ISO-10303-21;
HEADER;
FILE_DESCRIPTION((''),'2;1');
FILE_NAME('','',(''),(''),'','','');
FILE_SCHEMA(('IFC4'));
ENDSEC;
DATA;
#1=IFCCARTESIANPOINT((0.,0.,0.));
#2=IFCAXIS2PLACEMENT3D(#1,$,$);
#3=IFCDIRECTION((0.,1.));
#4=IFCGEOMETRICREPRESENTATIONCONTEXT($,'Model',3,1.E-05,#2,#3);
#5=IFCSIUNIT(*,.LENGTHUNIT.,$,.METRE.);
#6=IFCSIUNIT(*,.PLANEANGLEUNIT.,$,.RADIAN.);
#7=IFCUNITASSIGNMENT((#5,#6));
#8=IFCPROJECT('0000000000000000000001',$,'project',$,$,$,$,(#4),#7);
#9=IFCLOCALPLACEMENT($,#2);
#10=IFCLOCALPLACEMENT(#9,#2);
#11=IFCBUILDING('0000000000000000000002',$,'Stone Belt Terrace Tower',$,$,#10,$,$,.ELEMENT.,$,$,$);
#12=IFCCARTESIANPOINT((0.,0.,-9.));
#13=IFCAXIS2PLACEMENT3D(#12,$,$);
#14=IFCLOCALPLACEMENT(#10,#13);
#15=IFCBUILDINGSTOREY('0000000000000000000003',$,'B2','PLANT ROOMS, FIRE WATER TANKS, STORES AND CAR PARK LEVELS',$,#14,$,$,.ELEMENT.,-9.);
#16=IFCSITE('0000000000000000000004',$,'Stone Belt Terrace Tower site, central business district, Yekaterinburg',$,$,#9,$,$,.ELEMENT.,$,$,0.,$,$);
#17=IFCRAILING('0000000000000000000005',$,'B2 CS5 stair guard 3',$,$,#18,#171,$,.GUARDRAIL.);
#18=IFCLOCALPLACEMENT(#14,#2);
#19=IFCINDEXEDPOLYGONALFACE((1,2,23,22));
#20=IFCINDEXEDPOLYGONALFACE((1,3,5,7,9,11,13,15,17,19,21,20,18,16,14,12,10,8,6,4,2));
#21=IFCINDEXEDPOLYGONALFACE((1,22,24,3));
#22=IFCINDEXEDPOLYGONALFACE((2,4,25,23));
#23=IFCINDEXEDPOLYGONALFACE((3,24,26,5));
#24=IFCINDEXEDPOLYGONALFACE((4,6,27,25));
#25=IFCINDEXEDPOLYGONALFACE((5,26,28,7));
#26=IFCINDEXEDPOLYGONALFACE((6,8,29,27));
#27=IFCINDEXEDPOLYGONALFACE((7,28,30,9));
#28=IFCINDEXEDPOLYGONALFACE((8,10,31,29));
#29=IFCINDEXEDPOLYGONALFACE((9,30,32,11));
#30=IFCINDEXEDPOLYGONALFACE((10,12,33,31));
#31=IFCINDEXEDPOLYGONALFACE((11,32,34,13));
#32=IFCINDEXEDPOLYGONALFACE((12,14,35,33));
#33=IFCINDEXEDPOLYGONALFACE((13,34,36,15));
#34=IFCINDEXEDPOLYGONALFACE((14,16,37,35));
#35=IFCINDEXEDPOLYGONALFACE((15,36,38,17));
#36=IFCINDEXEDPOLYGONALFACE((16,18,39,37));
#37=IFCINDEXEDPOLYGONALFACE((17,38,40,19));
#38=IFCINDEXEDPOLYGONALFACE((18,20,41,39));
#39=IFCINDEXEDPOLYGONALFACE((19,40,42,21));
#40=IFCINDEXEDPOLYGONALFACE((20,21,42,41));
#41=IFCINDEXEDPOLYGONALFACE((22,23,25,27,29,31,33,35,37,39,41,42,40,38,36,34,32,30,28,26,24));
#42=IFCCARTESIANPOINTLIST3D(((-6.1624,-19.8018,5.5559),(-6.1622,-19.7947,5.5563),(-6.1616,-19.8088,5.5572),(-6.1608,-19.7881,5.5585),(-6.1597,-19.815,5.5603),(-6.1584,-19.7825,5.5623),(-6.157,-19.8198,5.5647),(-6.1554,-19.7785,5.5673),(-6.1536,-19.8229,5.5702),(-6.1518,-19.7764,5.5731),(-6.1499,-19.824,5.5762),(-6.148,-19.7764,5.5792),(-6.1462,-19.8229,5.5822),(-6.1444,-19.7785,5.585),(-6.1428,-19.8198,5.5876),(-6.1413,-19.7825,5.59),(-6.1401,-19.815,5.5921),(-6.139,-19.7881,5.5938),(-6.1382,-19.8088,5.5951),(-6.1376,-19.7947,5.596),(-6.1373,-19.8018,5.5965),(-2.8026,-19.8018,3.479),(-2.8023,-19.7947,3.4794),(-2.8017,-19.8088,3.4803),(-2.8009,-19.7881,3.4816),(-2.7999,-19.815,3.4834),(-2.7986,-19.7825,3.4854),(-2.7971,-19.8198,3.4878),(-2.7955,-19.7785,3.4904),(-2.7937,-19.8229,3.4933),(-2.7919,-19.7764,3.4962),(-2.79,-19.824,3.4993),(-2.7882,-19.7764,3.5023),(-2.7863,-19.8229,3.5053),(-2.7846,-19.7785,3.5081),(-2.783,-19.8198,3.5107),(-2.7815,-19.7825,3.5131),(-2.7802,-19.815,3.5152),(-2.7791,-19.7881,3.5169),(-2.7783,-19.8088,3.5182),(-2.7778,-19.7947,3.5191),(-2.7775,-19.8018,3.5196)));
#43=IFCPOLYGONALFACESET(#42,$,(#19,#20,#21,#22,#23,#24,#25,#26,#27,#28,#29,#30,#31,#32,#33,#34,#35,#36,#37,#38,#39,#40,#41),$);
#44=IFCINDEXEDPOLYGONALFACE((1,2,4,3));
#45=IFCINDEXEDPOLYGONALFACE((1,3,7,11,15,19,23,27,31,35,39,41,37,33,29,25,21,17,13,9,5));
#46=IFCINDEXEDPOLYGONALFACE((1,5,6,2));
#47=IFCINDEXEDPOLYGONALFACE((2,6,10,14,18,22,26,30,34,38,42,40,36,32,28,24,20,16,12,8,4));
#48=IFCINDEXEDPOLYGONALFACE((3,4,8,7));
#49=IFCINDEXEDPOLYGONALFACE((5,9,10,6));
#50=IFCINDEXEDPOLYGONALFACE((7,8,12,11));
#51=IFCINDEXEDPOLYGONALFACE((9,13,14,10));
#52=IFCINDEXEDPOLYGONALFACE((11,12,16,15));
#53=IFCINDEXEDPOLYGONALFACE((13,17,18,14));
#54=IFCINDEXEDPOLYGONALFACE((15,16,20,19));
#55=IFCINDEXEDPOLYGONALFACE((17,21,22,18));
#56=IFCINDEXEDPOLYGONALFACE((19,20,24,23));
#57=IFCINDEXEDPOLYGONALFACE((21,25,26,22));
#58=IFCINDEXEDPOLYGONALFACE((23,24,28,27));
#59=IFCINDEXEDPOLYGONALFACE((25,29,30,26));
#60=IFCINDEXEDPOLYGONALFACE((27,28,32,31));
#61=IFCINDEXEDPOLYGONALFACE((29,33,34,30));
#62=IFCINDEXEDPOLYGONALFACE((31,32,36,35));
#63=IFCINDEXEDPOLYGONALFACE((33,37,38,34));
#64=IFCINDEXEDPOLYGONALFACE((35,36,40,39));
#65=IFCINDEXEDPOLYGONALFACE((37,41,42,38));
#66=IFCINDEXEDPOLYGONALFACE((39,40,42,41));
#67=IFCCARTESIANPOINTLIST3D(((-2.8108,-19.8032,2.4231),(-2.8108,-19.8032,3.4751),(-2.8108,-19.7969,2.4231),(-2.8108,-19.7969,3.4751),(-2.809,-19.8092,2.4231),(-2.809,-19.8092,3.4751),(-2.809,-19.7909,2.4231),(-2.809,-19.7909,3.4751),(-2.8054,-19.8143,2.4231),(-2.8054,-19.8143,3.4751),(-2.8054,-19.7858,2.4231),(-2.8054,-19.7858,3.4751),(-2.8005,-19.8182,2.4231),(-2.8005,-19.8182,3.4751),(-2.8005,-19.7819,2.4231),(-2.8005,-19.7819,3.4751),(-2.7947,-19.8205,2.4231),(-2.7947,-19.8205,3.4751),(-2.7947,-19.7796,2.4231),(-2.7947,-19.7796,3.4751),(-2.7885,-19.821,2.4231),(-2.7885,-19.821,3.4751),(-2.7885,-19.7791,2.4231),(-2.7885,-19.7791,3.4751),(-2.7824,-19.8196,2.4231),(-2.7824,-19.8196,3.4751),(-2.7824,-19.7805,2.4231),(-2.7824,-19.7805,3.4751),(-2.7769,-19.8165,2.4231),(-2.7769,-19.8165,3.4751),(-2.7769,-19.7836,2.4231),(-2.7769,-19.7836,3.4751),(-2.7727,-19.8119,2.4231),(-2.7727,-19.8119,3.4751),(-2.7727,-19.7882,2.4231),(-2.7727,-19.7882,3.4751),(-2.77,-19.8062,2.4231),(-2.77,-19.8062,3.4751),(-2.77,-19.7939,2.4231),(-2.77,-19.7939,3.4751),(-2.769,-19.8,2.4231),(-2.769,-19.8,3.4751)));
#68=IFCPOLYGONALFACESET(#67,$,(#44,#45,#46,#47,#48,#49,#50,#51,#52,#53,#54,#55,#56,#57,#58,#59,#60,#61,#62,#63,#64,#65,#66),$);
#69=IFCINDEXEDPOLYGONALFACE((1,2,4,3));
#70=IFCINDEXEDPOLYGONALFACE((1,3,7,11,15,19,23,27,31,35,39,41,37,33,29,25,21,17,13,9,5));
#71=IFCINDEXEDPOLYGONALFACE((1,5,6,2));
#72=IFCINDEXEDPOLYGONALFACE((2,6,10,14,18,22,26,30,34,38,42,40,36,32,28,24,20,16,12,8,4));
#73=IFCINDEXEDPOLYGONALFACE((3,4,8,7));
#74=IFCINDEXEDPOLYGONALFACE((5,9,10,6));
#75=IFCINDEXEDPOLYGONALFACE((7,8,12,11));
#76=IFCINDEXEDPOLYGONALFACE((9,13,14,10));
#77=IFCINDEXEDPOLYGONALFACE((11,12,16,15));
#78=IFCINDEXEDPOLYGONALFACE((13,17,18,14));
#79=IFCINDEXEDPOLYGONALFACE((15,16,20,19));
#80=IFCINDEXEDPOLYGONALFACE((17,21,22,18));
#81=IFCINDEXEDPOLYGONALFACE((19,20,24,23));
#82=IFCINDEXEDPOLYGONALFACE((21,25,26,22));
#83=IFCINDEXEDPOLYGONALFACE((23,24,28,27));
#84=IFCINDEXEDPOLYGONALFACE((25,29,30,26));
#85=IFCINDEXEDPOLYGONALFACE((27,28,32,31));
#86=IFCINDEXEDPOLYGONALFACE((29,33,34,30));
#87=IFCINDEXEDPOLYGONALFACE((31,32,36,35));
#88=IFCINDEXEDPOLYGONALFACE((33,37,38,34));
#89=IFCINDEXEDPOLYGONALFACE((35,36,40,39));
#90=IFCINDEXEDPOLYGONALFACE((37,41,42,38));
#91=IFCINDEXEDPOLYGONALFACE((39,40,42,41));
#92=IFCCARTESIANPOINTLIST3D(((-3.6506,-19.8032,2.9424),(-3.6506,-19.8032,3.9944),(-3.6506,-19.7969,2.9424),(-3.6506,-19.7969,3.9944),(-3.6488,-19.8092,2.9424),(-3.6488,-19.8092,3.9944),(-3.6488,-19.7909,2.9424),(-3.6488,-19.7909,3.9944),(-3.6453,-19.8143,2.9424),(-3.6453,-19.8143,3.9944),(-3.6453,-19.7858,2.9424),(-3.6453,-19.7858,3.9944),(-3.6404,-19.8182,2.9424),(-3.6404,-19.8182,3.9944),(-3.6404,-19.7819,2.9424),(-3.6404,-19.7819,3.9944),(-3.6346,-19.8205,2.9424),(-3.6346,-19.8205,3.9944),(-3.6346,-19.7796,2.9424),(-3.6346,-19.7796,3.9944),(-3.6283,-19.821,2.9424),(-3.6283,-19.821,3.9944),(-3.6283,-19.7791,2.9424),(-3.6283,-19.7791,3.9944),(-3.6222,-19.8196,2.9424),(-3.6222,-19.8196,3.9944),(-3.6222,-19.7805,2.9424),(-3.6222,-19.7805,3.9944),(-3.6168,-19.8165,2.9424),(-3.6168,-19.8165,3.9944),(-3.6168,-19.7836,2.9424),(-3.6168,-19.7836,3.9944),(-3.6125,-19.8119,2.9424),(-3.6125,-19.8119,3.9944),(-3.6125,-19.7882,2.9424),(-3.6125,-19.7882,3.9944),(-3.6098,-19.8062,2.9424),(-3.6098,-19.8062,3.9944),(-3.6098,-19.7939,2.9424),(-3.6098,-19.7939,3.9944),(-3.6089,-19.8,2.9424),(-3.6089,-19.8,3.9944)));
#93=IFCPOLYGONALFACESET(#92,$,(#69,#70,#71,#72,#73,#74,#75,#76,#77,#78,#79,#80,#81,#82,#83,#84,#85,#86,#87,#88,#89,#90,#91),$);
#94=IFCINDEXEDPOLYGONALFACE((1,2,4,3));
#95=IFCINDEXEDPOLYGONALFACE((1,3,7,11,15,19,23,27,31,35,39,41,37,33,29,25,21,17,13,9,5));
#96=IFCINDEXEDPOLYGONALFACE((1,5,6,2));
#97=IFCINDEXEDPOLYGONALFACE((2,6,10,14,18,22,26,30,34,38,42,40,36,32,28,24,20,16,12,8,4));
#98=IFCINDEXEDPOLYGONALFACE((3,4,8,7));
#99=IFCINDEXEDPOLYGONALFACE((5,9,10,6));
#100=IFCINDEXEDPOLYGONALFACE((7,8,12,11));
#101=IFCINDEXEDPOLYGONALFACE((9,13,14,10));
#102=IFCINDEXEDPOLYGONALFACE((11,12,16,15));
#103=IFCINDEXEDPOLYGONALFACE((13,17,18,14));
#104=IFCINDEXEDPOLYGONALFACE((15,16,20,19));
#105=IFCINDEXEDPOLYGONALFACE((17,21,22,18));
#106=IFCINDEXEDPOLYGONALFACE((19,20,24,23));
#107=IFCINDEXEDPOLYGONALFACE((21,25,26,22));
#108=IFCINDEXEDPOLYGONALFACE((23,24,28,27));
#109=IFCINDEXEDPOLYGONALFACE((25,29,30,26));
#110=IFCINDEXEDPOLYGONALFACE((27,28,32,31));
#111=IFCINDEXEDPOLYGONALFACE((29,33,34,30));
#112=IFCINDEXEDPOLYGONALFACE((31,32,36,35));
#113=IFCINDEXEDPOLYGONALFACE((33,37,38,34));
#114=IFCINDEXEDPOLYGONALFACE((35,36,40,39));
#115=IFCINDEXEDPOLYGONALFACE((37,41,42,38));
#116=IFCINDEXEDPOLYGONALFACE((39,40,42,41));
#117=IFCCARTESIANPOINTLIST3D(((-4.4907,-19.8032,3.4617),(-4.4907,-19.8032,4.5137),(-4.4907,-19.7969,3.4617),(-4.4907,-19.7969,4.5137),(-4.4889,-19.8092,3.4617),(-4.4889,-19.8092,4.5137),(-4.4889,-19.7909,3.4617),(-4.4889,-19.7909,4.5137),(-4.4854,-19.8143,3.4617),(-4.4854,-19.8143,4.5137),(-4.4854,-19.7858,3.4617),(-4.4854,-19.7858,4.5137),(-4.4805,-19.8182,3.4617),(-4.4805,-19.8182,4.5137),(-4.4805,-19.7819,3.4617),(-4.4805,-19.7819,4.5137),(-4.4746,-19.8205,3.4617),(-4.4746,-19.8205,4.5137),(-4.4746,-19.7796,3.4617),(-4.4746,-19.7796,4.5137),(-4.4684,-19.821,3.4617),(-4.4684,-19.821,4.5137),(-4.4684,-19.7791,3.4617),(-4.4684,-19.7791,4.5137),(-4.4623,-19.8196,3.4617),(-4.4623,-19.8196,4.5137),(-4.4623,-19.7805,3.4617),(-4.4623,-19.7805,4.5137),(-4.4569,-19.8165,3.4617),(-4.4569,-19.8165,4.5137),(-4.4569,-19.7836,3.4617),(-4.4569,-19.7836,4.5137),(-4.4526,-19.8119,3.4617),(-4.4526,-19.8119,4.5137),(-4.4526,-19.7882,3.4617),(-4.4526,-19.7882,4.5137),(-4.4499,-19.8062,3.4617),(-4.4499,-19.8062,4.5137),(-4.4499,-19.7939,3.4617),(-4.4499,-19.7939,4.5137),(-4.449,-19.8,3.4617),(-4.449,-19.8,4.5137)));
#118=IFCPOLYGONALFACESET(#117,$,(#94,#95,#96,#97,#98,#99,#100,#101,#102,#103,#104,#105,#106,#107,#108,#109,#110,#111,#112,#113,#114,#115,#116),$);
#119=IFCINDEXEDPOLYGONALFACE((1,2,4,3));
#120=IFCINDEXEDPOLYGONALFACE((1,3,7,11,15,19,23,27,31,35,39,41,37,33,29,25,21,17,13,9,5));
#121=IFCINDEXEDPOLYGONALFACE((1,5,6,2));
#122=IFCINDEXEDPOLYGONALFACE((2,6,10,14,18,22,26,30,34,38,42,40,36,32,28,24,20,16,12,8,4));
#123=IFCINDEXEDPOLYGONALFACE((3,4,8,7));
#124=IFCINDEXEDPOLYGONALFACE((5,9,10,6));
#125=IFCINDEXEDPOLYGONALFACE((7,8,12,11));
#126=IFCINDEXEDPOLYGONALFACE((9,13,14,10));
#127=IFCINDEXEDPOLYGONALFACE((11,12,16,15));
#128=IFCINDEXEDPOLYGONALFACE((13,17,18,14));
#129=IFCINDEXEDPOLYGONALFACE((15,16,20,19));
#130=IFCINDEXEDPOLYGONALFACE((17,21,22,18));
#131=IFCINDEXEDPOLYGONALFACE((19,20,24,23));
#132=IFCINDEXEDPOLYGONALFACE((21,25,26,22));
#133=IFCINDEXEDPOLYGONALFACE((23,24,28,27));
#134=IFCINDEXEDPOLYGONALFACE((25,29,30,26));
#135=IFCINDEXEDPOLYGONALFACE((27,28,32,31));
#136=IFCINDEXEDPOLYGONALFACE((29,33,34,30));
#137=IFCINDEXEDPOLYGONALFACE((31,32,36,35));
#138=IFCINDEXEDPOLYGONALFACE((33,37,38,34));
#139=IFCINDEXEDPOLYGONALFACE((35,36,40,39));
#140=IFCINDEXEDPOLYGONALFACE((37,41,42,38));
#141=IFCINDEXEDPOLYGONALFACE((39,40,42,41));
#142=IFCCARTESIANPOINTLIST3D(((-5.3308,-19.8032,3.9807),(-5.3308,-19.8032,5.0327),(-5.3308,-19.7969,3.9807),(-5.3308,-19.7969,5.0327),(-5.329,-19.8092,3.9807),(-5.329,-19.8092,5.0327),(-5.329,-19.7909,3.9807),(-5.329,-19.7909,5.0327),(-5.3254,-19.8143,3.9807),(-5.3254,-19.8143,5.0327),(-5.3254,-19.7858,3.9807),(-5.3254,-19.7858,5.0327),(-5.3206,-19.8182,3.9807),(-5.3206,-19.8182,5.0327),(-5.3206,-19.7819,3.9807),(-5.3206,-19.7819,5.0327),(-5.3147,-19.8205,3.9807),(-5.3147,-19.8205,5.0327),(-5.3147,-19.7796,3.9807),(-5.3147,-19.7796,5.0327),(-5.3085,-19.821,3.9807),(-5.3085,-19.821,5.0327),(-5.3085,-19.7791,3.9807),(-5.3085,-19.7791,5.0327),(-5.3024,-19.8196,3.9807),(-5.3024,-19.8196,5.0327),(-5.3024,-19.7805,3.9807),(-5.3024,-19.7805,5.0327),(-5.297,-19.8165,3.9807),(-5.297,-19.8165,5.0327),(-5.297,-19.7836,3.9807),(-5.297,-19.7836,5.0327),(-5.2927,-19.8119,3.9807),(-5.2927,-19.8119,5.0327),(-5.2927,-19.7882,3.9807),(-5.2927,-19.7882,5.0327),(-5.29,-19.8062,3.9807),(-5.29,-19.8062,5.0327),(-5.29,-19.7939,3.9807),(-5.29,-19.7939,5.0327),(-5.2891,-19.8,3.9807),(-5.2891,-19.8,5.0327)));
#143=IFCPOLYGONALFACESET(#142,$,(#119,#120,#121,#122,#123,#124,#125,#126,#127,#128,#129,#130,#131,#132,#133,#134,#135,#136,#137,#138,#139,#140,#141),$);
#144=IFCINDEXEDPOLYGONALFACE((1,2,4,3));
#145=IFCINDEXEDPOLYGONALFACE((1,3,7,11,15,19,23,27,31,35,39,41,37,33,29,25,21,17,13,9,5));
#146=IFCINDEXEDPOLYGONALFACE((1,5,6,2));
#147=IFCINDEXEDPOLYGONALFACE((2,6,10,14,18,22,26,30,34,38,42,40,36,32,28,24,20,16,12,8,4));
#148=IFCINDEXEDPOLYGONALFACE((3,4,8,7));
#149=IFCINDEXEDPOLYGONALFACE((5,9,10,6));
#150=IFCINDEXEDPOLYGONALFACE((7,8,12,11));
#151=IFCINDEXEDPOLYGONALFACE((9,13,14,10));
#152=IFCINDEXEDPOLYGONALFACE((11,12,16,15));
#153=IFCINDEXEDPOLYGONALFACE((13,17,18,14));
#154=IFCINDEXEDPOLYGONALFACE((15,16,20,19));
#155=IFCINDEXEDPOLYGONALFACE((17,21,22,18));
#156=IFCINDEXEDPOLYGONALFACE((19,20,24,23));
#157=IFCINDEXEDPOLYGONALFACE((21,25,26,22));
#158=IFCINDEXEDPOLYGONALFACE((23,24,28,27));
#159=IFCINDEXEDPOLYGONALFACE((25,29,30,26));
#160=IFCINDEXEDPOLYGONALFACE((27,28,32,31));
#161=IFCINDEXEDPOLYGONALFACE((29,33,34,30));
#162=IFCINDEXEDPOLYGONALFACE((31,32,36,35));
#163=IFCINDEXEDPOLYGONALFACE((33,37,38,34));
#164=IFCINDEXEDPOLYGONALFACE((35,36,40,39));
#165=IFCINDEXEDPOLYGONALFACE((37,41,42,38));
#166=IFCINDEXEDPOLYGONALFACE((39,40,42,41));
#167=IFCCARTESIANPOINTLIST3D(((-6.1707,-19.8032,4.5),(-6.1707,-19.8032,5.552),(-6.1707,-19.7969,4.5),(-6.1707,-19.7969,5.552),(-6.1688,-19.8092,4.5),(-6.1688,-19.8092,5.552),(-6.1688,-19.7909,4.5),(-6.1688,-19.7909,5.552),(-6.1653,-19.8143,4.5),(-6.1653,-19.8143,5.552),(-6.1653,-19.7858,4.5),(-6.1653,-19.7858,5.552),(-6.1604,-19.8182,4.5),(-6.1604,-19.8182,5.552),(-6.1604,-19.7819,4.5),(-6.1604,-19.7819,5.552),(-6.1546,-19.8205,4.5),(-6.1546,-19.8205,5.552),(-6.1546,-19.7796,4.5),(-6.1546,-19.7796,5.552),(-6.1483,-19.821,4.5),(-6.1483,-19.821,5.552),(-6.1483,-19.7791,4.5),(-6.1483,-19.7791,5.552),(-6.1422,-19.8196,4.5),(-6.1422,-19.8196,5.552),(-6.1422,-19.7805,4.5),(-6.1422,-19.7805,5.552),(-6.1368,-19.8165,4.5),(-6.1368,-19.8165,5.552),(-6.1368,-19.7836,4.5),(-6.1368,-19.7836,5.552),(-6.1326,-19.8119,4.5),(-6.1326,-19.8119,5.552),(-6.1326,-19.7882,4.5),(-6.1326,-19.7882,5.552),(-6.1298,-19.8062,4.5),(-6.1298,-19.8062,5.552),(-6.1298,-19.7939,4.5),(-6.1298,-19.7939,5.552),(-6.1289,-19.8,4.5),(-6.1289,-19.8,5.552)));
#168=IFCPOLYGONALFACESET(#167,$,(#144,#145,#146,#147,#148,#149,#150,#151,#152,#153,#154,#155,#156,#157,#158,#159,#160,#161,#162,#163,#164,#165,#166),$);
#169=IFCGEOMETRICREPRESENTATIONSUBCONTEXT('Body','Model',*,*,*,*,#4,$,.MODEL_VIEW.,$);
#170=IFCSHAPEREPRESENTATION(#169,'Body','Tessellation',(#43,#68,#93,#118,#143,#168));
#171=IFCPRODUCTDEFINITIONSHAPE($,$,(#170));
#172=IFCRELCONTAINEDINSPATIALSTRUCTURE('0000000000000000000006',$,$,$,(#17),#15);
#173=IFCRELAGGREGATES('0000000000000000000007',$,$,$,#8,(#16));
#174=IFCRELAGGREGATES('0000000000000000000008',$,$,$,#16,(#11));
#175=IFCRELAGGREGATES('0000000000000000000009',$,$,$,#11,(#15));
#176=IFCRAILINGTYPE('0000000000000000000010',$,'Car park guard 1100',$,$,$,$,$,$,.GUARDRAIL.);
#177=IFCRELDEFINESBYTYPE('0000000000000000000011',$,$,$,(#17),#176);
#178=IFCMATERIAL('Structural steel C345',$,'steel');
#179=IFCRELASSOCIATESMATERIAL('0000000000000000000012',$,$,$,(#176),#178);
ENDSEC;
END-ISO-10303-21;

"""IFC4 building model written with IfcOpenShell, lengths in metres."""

from ifc_helpers import new_model, si_unit, direction, frame, origin, origin_2d, place, context, subcontext, project, spatial, circle, extrude, material, type_object, element, save


model = new_model("IFC4")

# Units and contexts
model_context = context("Model", 3, precision=1e-05, world=origin(), true_north=direction((0.0, 1.0)))
body_context = subcontext(model_context, "Body", "Model", "MODEL_VIEW")
ifc_project = project(units=[si_unit("LENGTHUNIT", "METRE"), si_unit("PLANEANGLEUNIT", "RADIAN")], contexts=[model_context])

# Site, building, storey
site_placement = place(None, origin())
site = spatial("IfcSite", under=ifc_project, at=site_placement, Name="Stone Belt Terrace Tower site, central business district, Yekaterinburg", CompositionType="ELEMENT", RefElevation=0.0)
building_placement = place(site_placement, origin())
building = spatial("IfcBuilding", under=site, at=building_placement, Name="Stone Belt Terrace Tower", CompositionType="ELEMENT")
storey_placement = place(building_placement, frame((0.0, 0.0, -9.0)))
storey = spatial("IfcBuildingStorey", under=building, at=storey_placement, Name="B2", Description="PLANT ROOMS, FIRE WATER TANKS, STORES AND CAR PARK LEVELS", CompositionType="ELEMENT", Elevation=-9.0)

# Railing
ifc_material_1 = material(Name="Structural steel C345", Category="steel")
railing_type_1 = type_object("IfcRailingType", Name="Car park guard 1100", PredefinedType="GUARDRAIL", material=ifc_material_1)
railing_1_placement = place(storey_placement, frame((-2.79, -19.8, 2.4231)))
element("IfcRailing", 1, at=railing_1_placement, inside=storey, type_object=railing_type_1, Name="B2 CS5 stair guard 3", PredefinedType="GUARDRAIL", context=body_context, shape_type="SweptSolid", body=[
    extrude(circle(Radius=0.0239, at=origin_2d()), frame((0.0, 0.0, 1.0762), z_axis=(-0.850606, 0.0, 0.525803), x_axis=(0.0, -1.0, 0.0)), (0.0, 0.0, 1.0), 3.95),
    extrude(circle(Radius=0.021, at=origin_2d()), origin(), (0.0, 0.0, 1.0), 1.052),
    extrude(circle(Radius=0.021, at=origin_2d()), frame((-0.8398, 0.0, 0.5193)), (0.0, 0.0, 1.0), 1.052),
    extrude(circle(Radius=0.021, at=origin_2d()), frame((-1.6799, 0.0, 1.0386)), (0.0, 0.0, 1.0), 1.052),
    extrude(circle(Radius=0.021, at=origin_2d()), frame((-2.52, 0.0, 1.5576)), (0.0, 0.0, 1.0), 1.052),
    extrude(circle(Radius=0.021, at=origin_2d()), frame((-3.3599, 0.0, 2.0769)), (0.0, 0.0, 1.0), 1.052),
])

save(model, "model.ifc")
